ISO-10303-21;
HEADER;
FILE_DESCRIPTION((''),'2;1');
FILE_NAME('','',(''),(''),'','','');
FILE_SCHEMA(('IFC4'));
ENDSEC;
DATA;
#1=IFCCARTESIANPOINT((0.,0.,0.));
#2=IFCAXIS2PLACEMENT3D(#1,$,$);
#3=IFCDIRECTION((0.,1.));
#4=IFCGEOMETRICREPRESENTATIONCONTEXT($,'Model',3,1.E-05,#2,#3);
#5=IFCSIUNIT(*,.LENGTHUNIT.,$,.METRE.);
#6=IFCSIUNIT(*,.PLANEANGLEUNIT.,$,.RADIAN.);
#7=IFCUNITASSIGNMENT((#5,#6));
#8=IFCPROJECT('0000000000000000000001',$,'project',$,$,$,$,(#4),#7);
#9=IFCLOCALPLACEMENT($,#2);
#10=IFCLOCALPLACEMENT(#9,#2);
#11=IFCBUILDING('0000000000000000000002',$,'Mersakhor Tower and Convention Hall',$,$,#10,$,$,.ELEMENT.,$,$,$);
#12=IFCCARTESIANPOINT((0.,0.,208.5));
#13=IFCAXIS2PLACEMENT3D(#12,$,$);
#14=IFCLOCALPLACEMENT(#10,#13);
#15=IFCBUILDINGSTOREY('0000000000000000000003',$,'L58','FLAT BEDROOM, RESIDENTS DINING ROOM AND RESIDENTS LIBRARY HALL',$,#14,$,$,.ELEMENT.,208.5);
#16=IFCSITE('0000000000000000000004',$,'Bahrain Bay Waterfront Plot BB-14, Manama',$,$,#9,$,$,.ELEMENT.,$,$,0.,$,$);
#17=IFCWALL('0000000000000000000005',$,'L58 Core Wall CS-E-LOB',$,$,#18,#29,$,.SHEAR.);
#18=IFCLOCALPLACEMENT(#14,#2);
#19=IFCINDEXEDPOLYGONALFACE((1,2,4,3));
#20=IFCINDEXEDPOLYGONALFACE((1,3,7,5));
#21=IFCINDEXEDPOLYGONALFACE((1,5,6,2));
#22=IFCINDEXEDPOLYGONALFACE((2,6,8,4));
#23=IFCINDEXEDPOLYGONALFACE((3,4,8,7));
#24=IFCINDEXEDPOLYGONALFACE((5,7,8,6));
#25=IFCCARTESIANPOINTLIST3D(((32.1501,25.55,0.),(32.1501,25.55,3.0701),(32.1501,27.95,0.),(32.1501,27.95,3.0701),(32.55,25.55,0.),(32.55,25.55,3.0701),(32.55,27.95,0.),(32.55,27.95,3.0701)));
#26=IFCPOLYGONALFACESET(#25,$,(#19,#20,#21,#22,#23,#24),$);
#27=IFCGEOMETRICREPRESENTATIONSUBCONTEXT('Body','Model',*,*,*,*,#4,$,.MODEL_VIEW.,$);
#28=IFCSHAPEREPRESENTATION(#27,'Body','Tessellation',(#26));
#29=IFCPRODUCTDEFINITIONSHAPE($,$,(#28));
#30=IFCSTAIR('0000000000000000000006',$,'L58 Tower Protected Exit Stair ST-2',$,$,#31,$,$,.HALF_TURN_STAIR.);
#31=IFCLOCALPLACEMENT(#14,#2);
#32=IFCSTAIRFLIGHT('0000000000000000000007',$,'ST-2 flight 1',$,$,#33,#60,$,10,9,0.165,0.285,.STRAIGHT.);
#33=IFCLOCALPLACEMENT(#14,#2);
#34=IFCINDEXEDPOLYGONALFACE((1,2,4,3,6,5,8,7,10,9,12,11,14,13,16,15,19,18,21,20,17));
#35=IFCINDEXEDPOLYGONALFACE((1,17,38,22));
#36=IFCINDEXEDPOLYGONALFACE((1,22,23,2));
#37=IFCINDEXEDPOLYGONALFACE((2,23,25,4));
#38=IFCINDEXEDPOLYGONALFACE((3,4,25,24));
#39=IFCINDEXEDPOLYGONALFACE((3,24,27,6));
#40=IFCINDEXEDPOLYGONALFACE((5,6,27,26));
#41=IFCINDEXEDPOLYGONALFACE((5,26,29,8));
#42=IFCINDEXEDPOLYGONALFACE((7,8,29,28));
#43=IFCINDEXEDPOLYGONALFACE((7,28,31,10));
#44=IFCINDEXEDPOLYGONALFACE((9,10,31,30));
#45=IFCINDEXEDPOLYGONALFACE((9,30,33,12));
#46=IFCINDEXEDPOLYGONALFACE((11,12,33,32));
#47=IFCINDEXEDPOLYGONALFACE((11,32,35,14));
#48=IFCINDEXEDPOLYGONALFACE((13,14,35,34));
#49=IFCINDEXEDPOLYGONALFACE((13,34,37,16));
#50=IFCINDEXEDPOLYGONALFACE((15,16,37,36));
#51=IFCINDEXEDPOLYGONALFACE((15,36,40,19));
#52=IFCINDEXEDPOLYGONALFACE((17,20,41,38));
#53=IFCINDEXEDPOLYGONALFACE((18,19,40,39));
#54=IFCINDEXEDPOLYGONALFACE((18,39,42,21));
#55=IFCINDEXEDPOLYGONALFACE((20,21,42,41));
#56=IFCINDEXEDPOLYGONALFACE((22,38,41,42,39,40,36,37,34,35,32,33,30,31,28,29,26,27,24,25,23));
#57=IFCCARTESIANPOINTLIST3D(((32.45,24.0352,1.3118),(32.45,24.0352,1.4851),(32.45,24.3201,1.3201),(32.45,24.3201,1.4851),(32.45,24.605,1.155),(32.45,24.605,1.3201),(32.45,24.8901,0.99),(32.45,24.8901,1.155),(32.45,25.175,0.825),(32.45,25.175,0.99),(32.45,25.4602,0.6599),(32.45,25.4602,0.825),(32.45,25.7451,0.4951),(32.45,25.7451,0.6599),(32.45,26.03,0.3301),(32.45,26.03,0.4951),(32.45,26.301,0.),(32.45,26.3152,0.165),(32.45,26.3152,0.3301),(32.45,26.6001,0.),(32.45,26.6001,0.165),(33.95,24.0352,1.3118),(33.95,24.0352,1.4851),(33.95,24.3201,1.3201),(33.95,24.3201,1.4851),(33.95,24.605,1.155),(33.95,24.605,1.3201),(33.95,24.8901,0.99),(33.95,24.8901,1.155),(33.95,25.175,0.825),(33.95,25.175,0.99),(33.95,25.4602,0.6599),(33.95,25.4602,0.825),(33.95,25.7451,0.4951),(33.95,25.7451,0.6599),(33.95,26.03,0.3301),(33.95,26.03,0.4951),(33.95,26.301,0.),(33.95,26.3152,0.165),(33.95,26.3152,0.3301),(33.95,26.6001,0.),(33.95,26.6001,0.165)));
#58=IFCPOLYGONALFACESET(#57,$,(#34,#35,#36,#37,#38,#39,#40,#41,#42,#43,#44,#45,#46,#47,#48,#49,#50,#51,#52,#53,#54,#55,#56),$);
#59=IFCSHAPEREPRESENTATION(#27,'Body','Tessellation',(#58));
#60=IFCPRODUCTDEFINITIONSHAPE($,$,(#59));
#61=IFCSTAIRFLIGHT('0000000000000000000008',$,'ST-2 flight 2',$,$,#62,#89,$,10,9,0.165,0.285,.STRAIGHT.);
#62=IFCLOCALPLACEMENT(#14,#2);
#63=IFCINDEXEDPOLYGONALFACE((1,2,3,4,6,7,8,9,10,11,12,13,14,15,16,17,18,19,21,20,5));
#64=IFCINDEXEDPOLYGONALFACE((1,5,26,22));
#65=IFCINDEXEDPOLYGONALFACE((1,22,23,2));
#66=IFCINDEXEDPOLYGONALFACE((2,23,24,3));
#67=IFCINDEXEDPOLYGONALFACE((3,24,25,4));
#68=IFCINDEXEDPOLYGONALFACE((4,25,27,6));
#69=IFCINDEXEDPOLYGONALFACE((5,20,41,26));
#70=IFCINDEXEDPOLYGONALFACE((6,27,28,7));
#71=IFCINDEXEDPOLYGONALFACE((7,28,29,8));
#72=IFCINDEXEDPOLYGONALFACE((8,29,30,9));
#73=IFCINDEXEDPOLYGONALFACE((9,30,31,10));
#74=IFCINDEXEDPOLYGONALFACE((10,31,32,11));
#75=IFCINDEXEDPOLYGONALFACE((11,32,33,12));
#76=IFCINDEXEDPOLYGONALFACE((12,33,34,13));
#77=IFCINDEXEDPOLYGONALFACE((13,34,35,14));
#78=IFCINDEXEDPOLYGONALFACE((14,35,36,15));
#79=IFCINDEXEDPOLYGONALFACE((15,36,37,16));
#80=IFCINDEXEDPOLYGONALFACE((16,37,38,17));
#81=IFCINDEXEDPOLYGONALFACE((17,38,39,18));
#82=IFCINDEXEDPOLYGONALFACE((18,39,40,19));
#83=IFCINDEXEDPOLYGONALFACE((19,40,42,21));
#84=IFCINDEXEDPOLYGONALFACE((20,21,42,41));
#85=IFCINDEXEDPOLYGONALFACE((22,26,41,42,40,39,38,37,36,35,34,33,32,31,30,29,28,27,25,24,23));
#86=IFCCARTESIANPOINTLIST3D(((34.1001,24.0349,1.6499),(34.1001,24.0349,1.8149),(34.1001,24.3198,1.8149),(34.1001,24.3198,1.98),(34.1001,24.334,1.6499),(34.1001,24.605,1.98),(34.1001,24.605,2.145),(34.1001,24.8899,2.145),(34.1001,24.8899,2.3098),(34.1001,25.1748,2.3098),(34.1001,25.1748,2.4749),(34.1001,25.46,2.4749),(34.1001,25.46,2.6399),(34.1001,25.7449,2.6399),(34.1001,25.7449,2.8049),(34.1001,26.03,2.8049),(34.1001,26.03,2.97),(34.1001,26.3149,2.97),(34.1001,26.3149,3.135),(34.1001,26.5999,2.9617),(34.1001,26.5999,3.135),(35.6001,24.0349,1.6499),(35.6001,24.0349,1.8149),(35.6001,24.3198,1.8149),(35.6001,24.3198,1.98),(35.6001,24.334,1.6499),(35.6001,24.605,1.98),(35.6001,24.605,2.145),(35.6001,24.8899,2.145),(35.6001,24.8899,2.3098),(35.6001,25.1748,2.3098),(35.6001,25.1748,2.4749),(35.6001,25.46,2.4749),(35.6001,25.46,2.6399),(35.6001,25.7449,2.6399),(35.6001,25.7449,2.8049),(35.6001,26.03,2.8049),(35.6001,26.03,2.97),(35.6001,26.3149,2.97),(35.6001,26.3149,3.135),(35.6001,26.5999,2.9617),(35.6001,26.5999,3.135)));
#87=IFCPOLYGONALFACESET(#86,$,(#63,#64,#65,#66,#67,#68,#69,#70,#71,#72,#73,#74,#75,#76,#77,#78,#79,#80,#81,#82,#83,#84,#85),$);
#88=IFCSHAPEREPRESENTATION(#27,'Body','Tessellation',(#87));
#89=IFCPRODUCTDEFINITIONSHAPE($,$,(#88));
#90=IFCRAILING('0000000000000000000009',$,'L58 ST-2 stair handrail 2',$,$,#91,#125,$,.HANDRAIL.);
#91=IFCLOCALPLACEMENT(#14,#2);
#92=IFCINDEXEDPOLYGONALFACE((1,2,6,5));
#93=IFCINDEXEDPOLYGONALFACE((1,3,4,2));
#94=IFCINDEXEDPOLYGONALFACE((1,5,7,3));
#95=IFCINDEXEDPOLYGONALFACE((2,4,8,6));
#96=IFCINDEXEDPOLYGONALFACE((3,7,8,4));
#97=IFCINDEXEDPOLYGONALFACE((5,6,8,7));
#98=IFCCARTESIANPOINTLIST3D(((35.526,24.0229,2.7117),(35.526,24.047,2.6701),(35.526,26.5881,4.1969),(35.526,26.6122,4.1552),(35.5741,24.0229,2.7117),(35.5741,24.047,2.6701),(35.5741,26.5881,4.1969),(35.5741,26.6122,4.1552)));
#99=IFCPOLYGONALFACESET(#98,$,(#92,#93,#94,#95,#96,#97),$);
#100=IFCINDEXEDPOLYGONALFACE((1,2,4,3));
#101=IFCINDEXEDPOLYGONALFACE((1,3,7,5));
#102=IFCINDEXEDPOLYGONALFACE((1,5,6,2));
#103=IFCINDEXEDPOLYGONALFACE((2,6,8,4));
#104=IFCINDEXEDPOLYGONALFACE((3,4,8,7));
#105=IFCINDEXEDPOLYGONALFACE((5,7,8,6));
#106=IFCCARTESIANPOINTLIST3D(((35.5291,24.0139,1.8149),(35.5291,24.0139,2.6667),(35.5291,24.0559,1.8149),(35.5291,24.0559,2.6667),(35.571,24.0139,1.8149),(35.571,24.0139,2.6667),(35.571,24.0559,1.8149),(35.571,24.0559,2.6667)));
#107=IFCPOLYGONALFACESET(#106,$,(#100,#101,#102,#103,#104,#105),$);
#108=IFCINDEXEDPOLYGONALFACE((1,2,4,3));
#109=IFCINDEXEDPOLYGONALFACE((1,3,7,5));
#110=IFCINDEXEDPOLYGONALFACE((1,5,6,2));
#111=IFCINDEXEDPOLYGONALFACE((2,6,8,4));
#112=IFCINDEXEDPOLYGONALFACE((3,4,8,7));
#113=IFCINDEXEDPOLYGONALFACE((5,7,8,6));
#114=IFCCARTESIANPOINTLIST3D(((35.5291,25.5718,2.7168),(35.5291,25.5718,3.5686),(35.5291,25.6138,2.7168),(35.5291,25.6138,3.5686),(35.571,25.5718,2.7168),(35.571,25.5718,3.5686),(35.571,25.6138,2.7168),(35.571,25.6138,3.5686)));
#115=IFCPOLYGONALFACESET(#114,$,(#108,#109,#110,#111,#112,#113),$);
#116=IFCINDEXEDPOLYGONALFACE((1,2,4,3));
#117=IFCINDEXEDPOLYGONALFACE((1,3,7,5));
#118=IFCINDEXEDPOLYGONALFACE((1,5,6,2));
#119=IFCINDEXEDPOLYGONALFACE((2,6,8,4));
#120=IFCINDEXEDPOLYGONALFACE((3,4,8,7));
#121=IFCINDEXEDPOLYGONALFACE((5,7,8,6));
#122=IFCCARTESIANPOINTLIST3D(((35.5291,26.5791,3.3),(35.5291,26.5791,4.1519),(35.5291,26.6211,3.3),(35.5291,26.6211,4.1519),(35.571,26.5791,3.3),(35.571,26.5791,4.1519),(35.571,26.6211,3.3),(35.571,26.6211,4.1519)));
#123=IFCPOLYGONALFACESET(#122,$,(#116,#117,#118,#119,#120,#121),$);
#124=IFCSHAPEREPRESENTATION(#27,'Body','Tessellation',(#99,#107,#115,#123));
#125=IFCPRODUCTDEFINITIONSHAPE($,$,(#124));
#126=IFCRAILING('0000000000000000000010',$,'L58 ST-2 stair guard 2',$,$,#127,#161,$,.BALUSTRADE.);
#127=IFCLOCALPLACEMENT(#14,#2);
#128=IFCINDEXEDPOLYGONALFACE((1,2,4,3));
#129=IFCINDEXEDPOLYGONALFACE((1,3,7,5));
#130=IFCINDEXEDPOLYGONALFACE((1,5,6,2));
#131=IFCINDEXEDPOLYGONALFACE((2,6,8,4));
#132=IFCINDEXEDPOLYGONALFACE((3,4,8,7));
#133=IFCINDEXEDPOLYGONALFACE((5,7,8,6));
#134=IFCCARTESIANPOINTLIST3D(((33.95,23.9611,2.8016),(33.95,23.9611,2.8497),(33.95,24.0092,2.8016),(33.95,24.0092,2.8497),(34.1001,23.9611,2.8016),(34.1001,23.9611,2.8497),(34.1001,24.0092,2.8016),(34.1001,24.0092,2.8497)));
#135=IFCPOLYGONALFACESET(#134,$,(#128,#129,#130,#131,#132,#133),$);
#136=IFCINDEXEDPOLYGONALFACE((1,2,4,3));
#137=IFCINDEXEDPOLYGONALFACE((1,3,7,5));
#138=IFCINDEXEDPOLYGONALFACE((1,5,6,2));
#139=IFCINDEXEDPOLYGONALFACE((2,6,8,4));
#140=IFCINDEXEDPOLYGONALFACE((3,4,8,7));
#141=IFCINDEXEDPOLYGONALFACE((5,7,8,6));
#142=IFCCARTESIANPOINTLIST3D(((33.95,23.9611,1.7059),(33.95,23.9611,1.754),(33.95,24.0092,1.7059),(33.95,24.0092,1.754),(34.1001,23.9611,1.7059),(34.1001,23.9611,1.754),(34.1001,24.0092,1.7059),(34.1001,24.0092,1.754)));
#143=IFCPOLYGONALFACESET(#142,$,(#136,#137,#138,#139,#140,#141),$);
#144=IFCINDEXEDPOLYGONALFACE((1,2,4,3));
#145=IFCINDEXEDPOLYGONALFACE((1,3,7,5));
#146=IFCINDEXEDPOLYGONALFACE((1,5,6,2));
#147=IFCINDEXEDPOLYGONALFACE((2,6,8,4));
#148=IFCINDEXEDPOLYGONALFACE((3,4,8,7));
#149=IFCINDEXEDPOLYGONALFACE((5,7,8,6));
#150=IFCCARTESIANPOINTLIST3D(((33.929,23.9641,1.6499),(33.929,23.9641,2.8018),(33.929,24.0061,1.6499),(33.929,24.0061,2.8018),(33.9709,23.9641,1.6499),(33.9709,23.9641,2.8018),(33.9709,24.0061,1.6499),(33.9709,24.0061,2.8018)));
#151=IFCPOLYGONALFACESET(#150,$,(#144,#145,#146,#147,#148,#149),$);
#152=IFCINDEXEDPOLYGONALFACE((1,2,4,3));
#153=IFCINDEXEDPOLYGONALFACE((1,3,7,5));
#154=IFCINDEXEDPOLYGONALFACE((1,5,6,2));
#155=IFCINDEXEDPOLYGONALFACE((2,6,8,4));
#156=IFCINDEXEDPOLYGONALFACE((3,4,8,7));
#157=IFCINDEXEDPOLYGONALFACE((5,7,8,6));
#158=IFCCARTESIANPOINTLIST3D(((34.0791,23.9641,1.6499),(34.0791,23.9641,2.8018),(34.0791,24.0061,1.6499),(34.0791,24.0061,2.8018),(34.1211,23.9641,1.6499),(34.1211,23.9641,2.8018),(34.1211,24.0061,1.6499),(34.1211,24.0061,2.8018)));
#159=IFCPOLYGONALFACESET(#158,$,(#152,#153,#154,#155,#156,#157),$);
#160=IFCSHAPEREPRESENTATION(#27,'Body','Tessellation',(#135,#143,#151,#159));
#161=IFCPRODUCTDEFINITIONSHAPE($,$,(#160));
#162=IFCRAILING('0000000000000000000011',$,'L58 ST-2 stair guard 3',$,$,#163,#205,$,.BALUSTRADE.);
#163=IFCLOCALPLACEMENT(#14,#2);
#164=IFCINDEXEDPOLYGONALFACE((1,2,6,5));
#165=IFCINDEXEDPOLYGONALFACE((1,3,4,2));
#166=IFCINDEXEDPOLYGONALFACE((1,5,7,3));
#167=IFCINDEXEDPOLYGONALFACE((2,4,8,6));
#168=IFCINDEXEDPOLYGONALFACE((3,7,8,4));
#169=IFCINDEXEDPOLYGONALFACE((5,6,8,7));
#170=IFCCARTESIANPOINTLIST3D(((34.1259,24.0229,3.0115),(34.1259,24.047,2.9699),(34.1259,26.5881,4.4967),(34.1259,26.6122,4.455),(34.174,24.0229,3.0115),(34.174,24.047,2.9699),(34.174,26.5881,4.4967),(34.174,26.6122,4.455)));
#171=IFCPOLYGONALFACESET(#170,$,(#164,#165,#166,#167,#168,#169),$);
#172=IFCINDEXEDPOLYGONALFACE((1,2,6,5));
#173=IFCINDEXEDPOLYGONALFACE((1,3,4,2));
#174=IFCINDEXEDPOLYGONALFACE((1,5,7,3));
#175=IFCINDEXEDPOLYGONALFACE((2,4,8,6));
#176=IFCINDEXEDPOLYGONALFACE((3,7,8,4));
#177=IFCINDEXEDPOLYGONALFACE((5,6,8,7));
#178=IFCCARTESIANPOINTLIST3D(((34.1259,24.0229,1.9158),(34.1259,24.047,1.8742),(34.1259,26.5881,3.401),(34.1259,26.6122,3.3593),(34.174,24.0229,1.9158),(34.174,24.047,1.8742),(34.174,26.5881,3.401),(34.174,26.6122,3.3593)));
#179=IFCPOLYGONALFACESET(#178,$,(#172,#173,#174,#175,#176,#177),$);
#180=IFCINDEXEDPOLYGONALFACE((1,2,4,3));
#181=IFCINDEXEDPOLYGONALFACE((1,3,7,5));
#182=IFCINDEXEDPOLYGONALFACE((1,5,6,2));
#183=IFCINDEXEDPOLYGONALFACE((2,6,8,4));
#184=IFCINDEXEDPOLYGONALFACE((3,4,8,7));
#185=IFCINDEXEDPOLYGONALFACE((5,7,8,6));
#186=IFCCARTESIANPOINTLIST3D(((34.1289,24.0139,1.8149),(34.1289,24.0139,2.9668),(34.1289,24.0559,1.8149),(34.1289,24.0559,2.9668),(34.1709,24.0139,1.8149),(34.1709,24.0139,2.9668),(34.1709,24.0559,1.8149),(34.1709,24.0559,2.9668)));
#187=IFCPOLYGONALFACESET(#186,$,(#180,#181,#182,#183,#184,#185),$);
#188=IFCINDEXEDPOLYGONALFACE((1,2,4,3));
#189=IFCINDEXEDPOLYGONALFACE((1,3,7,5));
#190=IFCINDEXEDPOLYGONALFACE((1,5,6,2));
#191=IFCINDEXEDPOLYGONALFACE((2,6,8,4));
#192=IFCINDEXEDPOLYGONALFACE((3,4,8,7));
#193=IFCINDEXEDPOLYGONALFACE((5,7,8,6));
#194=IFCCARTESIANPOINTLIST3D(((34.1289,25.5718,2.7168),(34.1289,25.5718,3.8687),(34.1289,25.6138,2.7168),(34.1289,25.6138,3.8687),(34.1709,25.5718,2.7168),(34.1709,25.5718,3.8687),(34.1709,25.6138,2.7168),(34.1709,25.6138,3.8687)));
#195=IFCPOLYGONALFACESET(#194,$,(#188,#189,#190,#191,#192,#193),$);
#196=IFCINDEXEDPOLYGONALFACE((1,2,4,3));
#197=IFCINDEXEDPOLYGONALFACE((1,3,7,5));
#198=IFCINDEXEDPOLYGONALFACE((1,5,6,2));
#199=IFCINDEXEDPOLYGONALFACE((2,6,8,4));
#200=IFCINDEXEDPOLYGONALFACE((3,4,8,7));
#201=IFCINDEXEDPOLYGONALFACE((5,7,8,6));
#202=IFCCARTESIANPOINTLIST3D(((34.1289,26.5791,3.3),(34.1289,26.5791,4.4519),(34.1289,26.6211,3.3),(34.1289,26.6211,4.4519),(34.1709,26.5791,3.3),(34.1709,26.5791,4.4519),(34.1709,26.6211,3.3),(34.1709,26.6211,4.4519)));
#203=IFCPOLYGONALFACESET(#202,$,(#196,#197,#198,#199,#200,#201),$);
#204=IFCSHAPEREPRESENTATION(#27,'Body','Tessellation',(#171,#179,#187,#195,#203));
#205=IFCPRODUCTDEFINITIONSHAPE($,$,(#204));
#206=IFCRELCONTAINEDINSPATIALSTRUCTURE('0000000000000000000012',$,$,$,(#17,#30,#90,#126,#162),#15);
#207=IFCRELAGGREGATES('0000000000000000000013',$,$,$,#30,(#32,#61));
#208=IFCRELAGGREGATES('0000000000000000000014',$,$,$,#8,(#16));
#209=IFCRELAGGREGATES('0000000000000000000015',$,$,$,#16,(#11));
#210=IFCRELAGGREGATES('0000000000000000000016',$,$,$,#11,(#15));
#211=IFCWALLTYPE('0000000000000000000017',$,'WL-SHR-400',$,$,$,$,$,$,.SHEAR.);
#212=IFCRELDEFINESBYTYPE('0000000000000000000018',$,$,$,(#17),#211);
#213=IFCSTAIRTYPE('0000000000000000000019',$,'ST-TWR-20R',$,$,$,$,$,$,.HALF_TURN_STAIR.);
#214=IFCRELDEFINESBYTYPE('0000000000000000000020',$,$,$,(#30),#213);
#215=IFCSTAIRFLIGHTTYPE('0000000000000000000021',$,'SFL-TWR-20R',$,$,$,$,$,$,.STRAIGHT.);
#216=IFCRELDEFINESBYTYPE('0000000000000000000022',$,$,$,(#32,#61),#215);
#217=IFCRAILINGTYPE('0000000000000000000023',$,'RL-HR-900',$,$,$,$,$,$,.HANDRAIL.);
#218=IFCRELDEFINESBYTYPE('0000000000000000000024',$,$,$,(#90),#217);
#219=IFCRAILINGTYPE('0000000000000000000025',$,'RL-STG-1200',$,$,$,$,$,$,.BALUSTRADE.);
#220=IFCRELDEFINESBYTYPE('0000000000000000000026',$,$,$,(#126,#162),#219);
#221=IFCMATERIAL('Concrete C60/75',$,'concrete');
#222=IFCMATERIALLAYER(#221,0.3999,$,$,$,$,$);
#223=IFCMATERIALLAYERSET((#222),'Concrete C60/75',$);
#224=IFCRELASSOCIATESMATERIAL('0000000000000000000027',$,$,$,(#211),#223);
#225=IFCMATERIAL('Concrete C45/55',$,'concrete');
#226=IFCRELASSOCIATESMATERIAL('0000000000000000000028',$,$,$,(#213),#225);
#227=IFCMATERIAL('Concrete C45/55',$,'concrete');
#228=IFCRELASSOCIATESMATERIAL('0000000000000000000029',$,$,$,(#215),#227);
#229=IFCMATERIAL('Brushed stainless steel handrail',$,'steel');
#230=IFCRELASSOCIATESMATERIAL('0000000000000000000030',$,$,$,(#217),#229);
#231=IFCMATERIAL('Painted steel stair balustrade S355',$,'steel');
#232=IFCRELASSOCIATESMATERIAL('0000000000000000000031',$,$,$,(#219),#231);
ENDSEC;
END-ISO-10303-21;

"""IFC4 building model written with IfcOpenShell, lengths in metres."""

from ifc_helpers import new_model, si_unit, direction, frame, frame_2d, origin, origin_2d, place, context, subcontext, project, spatial, polyline, rectangle, outline, extrude, material, layer, layer_set, type_object, element, aggregate, save


model = new_model("IFC4")

# Units and contexts
model_context = context("Model", 3, precision=1e-05, world=origin(), true_north=direction((0.0, 1.0)))
body_context = subcontext(model_context, "Body", "Model", "MODEL_VIEW")
ifc_project = project(units=[si_unit("LENGTHUNIT", "METRE"), si_unit("PLANEANGLEUNIT", "RADIAN")], contexts=[model_context])

# Site, building, storey
site_placement = place(None, origin())
site = spatial("IfcSite", under=ifc_project, at=site_placement, Name="Bahrain Bay Waterfront Plot BB-14, Manama", CompositionType="ELEMENT", RefElevation=0.0)
building_placement = place(site_placement, origin())
building = spatial("IfcBuilding", under=site, at=building_placement, Name="Mersakhor Tower and Convention Hall", CompositionType="ELEMENT")
storey_placement = place(building_placement, frame((0.0, 0.0, 208.5)))
storey = spatial("IfcBuildingStorey", under=building, at=storey_placement, Name="L58", Description="FLAT BEDROOM, RESIDENTS DINING ROOM AND RESIDENTS LIBRARY HALL", CompositionType="ELEMENT", Elevation=208.5)

# Shared definitions
ifc_material_1 = material(Name="Concrete C60/75", Category="concrete")
ifc_layer_1 = layer(ifc_material_1, 0.3999)
ifc_layer_set_1 = layer_set([ifc_layer_1], Name="Concrete C60/75")
wall_type_1 = type_object("IfcWallType", Name="WL-SHR-400", PredefinedType="SHEAR", material=ifc_layer_set_1)

# Wall
wall_1_placement = place(storey_placement, frame((32.3501, 25.55, 0.0), z_axis=(0.0, 0.0, 1.0), x_axis=(0.0, 1.0, 0.0)))
element("IfcWall", 1, at=wall_1_placement, inside=storey, type_object=wall_type_1, Name="L58 Core Wall CS-E-LOB", PredefinedType="SHEAR", context=body_context, shape_type="SweptSolid", body=[
    extrude(rectangle(XDim=2.3999, YDim=0.3999, at=frame_2d((1.2, 0.0))), origin(), (0.0, 0.0, 1.0), 3.0701),
])

# Stair, stair flights
ifc_material_2 = material(Name="Concrete C45/55", Category="concrete")
stair_type = type_object("IfcStairType", Name="ST-TWR-20R", PredefinedType="HALF_TURN_STAIR", material=ifc_material_2)
stair_placement = place(storey_placement, origin())
stair = element("IfcStair", 2, at=stair_placement, inside=storey, type_object=stair_type, Name="L58 Tower Protected Exit Stair ST-2", PredefinedType="HALF_TURN_STAIR")
ifc_material_3 = material(Name="Concrete C45/55", Category="concrete")
stair_flight_type = type_object("IfcStairFlightType", Name="SFL-TWR-20R", PredefinedType="STRAIGHT", material=ifc_material_3)
stair_flight_1_placement = place(storey_placement, frame((33.2, 26.6001, 0.0), z_axis=(0.0, 0.0, 1.0), x_axis=(0.0, -1.0, 0.0)))
stair_flight_1 = element("IfcStairFlight", 3, at=stair_flight_1_placement, type_object=stair_flight_type, Name="ST-2 flight 1", NumberOfRisers=10, NumberOfTreads=9, PredefinedType="STRAIGHT", RiserHeight=0.165, TreadLength=0.285, context=body_context, shape_type="SweptSolid", body=[
    extrude(outline(polyline([(0.0, 0.0), (0.0, 0.165), (0.2849, 0.165), (0.2849, 0.3301), (0.5701, 0.3301), (0.5701, 0.4951), (0.855, 0.4951), (0.855, 0.6599), (1.1399, 0.6599), (1.1399, 0.825), (1.425, 0.825), (1.425, 0.99), (1.71, 0.99), (1.71, 1.155), (1.9951, 1.155), (1.9951, 1.3201), (2.28, 1.3201), (2.28, 1.4851), (2.5649, 1.4851), (2.5649, 1.6499), (2.5649, 1.3118), (0.2991, 0.0), (0.0, 0.0)])), frame((0.0, 0.75, 0.0), z_axis=(0.0, -1.0, 0.0), x_axis=(1.0, 0.0, 0.0)), (0.0, 0.0, 1.0), 1.5),
])
stair_flight_2_placement = place(storey_placement, frame((34.8501, 24.0349, 1.6499), z_axis=(0.0, 0.0, 1.0), x_axis=(0.0, 1.0, 0.0)))
stair_flight_2 = element("IfcStairFlight", 4, at=stair_flight_2_placement, type_object=stair_flight_type, Name="ST-2 flight 2", NumberOfRisers=10, NumberOfTreads=9, PredefinedType="STRAIGHT", RiserHeight=0.165, TreadLength=0.285, context=body_context, shape_type="SweptSolid", body=[
    extrude(outline(polyline([(0.0, 0.0), (0.0, 0.165), (0.2849, 0.165), (0.2849, 0.3301), (0.5701, 0.3301), (0.5701, 0.4951), (0.855, 0.4951), (0.855, 0.6599), (1.1399, 0.6599), (1.1399, 0.825), (1.425, 0.825), (1.425, 0.99), (1.71, 0.99), (1.71, 1.155), (1.9951, 1.155), (1.9951, 1.3201), (2.28, 1.3201), (2.28, 1.4851), (2.5649, 1.4851), (2.5649, 1.6499), (2.5649, 1.3118), (0.2991, 0.0), (0.0, 0.0)])), frame((0.0, 0.75, 0.0), z_axis=(0.0, -1.0, 0.0), x_axis=(1.0, 0.0, 0.0)), (0.0, 0.0, 1.0), 1.5),
])
aggregate(stair, [stair_flight_1, stair_flight_2])

# Railings
ifc_material_4 = material(Name="Brushed stainless steel handrail", Category="steel")
railing_type_1 = type_object("IfcRailingType", Name="RL-HR-900", PredefinedType="HANDRAIL", material=ifc_material_4)
railing_1_placement = place(storey_placement, frame((35.55, 24.0349, 1.8149)))
element("IfcRailing", 5, at=railing_1_placement, inside=storey, type_object=railing_type_1, Name="L58 ST-2 stair handrail 2", PredefinedType="HANDRAIL", context=body_context, shape_type="SweptSolid", body=[
    extrude(rectangle(XDim=0.0481, YDim=0.0481, at=origin_2d()), frame((0.0, 0.0, 0.876), z_axis=(0.0, 0.865426, 0.501036), x_axis=(-1.0, 0.0, 0.0)), (0.0, 0.0, 1.0), 2.9641),
    extrude(rectangle(XDim=0.042, YDim=0.042, at=origin_2d()), origin(), (0.0, 0.0, 1.0), 0.8518),
    extrude(rectangle(XDim=0.042, YDim=0.042, at=origin_2d()), frame((0.0, 1.5579, 0.9019)), (0.0, 0.0, 1.0), 0.8518),
    extrude(rectangle(XDim=0.042, YDim=0.042, at=origin_2d()), frame((0.0, 2.5652, 1.4851)), (0.0, 0.0, 1.0), 0.8518),
])
ifc_material_5 = material(Name="Painted steel stair balustrade S355", Category="steel")
railing_type_2 = type_object("IfcRailingType", Name="RL-STG-1200", PredefinedType="BALUSTRADE", material=ifc_material_5)
railing_2_placement = place(storey_placement, frame((33.95, 23.9851, 1.6499)))
element("IfcRailing", 6, at=railing_2_placement, inside=storey, type_object=railing_type_2, Name="L58 ST-2 stair guard 2", PredefinedType="BALUSTRADE", context=body_context, shape_type="SweptSolid", body=[
    extrude(rectangle(XDim=0.0481, YDim=0.0481, at=origin_2d()), frame((0.0, 0.0, 1.1758), z_axis=(1.0, 0.0, 0.0), x_axis=(0.0, 1.0, 0.0)), (0.0, 0.0, 1.0), 0.1501),
    extrude(rectangle(XDim=0.0481, YDim=0.0481, at=origin_2d()), frame((0.0, 0.0, 0.0801), z_axis=(1.0, 0.0, 0.0), x_axis=(0.0, 1.0, 0.0)), (0.0, 0.0, 1.0), 0.1501),
    extrude(rectangle(XDim=0.042, YDim=0.042, at=origin_2d()), origin(), (0.0, 0.0, 1.0), 1.1519),
    extrude(rectangle(XDim=0.042, YDim=0.042, at=origin_2d()), frame((0.1501, 0.0, 0.0)), (0.0, 0.0, 1.0), 1.1519),
])
railing_3_placement = place(storey_placement, frame((34.1499, 24.0349, 1.8149)))
element("IfcRailing", 7, at=railing_3_placement, inside=storey, type_object=railing_type_2, Name="L58 ST-2 stair guard 3", PredefinedType="BALUSTRADE", context=body_context, shape_type="SweptSolid", body=[
    extrude(rectangle(XDim=0.0481, YDim=0.0481, at=origin_2d()), frame((0.0, 0.0, 1.1758), z_axis=(0.0, 0.865426, 0.501036), x_axis=(-1.0, 0.0, 0.0)), (0.0, 0.0, 1.0), 2.9641),
    extrude(rectangle(XDim=0.0481, YDim=0.0481, at=origin_2d()), frame((0.0, 0.0, 0.0801), z_axis=(0.0, 0.865426, 0.501036), x_axis=(-1.0, 0.0, 0.0)), (0.0, 0.0, 1.0), 2.9641),
    extrude(rectangle(XDim=0.042, YDim=0.042, at=origin_2d()), origin(), (0.0, 0.0, 1.0), 1.1519),
    extrude(rectangle(XDim=0.042, YDim=0.042, at=origin_2d()), frame((0.0, 1.5579, 0.9019)), (0.0, 0.0, 1.0), 1.1519),
    extrude(rectangle(XDim=0.042, YDim=0.042, at=origin_2d()), frame((0.0, 2.5652, 1.4851)), (0.0, 0.0, 1.0), 1.1519),
])

save(model, "model.ifc")
